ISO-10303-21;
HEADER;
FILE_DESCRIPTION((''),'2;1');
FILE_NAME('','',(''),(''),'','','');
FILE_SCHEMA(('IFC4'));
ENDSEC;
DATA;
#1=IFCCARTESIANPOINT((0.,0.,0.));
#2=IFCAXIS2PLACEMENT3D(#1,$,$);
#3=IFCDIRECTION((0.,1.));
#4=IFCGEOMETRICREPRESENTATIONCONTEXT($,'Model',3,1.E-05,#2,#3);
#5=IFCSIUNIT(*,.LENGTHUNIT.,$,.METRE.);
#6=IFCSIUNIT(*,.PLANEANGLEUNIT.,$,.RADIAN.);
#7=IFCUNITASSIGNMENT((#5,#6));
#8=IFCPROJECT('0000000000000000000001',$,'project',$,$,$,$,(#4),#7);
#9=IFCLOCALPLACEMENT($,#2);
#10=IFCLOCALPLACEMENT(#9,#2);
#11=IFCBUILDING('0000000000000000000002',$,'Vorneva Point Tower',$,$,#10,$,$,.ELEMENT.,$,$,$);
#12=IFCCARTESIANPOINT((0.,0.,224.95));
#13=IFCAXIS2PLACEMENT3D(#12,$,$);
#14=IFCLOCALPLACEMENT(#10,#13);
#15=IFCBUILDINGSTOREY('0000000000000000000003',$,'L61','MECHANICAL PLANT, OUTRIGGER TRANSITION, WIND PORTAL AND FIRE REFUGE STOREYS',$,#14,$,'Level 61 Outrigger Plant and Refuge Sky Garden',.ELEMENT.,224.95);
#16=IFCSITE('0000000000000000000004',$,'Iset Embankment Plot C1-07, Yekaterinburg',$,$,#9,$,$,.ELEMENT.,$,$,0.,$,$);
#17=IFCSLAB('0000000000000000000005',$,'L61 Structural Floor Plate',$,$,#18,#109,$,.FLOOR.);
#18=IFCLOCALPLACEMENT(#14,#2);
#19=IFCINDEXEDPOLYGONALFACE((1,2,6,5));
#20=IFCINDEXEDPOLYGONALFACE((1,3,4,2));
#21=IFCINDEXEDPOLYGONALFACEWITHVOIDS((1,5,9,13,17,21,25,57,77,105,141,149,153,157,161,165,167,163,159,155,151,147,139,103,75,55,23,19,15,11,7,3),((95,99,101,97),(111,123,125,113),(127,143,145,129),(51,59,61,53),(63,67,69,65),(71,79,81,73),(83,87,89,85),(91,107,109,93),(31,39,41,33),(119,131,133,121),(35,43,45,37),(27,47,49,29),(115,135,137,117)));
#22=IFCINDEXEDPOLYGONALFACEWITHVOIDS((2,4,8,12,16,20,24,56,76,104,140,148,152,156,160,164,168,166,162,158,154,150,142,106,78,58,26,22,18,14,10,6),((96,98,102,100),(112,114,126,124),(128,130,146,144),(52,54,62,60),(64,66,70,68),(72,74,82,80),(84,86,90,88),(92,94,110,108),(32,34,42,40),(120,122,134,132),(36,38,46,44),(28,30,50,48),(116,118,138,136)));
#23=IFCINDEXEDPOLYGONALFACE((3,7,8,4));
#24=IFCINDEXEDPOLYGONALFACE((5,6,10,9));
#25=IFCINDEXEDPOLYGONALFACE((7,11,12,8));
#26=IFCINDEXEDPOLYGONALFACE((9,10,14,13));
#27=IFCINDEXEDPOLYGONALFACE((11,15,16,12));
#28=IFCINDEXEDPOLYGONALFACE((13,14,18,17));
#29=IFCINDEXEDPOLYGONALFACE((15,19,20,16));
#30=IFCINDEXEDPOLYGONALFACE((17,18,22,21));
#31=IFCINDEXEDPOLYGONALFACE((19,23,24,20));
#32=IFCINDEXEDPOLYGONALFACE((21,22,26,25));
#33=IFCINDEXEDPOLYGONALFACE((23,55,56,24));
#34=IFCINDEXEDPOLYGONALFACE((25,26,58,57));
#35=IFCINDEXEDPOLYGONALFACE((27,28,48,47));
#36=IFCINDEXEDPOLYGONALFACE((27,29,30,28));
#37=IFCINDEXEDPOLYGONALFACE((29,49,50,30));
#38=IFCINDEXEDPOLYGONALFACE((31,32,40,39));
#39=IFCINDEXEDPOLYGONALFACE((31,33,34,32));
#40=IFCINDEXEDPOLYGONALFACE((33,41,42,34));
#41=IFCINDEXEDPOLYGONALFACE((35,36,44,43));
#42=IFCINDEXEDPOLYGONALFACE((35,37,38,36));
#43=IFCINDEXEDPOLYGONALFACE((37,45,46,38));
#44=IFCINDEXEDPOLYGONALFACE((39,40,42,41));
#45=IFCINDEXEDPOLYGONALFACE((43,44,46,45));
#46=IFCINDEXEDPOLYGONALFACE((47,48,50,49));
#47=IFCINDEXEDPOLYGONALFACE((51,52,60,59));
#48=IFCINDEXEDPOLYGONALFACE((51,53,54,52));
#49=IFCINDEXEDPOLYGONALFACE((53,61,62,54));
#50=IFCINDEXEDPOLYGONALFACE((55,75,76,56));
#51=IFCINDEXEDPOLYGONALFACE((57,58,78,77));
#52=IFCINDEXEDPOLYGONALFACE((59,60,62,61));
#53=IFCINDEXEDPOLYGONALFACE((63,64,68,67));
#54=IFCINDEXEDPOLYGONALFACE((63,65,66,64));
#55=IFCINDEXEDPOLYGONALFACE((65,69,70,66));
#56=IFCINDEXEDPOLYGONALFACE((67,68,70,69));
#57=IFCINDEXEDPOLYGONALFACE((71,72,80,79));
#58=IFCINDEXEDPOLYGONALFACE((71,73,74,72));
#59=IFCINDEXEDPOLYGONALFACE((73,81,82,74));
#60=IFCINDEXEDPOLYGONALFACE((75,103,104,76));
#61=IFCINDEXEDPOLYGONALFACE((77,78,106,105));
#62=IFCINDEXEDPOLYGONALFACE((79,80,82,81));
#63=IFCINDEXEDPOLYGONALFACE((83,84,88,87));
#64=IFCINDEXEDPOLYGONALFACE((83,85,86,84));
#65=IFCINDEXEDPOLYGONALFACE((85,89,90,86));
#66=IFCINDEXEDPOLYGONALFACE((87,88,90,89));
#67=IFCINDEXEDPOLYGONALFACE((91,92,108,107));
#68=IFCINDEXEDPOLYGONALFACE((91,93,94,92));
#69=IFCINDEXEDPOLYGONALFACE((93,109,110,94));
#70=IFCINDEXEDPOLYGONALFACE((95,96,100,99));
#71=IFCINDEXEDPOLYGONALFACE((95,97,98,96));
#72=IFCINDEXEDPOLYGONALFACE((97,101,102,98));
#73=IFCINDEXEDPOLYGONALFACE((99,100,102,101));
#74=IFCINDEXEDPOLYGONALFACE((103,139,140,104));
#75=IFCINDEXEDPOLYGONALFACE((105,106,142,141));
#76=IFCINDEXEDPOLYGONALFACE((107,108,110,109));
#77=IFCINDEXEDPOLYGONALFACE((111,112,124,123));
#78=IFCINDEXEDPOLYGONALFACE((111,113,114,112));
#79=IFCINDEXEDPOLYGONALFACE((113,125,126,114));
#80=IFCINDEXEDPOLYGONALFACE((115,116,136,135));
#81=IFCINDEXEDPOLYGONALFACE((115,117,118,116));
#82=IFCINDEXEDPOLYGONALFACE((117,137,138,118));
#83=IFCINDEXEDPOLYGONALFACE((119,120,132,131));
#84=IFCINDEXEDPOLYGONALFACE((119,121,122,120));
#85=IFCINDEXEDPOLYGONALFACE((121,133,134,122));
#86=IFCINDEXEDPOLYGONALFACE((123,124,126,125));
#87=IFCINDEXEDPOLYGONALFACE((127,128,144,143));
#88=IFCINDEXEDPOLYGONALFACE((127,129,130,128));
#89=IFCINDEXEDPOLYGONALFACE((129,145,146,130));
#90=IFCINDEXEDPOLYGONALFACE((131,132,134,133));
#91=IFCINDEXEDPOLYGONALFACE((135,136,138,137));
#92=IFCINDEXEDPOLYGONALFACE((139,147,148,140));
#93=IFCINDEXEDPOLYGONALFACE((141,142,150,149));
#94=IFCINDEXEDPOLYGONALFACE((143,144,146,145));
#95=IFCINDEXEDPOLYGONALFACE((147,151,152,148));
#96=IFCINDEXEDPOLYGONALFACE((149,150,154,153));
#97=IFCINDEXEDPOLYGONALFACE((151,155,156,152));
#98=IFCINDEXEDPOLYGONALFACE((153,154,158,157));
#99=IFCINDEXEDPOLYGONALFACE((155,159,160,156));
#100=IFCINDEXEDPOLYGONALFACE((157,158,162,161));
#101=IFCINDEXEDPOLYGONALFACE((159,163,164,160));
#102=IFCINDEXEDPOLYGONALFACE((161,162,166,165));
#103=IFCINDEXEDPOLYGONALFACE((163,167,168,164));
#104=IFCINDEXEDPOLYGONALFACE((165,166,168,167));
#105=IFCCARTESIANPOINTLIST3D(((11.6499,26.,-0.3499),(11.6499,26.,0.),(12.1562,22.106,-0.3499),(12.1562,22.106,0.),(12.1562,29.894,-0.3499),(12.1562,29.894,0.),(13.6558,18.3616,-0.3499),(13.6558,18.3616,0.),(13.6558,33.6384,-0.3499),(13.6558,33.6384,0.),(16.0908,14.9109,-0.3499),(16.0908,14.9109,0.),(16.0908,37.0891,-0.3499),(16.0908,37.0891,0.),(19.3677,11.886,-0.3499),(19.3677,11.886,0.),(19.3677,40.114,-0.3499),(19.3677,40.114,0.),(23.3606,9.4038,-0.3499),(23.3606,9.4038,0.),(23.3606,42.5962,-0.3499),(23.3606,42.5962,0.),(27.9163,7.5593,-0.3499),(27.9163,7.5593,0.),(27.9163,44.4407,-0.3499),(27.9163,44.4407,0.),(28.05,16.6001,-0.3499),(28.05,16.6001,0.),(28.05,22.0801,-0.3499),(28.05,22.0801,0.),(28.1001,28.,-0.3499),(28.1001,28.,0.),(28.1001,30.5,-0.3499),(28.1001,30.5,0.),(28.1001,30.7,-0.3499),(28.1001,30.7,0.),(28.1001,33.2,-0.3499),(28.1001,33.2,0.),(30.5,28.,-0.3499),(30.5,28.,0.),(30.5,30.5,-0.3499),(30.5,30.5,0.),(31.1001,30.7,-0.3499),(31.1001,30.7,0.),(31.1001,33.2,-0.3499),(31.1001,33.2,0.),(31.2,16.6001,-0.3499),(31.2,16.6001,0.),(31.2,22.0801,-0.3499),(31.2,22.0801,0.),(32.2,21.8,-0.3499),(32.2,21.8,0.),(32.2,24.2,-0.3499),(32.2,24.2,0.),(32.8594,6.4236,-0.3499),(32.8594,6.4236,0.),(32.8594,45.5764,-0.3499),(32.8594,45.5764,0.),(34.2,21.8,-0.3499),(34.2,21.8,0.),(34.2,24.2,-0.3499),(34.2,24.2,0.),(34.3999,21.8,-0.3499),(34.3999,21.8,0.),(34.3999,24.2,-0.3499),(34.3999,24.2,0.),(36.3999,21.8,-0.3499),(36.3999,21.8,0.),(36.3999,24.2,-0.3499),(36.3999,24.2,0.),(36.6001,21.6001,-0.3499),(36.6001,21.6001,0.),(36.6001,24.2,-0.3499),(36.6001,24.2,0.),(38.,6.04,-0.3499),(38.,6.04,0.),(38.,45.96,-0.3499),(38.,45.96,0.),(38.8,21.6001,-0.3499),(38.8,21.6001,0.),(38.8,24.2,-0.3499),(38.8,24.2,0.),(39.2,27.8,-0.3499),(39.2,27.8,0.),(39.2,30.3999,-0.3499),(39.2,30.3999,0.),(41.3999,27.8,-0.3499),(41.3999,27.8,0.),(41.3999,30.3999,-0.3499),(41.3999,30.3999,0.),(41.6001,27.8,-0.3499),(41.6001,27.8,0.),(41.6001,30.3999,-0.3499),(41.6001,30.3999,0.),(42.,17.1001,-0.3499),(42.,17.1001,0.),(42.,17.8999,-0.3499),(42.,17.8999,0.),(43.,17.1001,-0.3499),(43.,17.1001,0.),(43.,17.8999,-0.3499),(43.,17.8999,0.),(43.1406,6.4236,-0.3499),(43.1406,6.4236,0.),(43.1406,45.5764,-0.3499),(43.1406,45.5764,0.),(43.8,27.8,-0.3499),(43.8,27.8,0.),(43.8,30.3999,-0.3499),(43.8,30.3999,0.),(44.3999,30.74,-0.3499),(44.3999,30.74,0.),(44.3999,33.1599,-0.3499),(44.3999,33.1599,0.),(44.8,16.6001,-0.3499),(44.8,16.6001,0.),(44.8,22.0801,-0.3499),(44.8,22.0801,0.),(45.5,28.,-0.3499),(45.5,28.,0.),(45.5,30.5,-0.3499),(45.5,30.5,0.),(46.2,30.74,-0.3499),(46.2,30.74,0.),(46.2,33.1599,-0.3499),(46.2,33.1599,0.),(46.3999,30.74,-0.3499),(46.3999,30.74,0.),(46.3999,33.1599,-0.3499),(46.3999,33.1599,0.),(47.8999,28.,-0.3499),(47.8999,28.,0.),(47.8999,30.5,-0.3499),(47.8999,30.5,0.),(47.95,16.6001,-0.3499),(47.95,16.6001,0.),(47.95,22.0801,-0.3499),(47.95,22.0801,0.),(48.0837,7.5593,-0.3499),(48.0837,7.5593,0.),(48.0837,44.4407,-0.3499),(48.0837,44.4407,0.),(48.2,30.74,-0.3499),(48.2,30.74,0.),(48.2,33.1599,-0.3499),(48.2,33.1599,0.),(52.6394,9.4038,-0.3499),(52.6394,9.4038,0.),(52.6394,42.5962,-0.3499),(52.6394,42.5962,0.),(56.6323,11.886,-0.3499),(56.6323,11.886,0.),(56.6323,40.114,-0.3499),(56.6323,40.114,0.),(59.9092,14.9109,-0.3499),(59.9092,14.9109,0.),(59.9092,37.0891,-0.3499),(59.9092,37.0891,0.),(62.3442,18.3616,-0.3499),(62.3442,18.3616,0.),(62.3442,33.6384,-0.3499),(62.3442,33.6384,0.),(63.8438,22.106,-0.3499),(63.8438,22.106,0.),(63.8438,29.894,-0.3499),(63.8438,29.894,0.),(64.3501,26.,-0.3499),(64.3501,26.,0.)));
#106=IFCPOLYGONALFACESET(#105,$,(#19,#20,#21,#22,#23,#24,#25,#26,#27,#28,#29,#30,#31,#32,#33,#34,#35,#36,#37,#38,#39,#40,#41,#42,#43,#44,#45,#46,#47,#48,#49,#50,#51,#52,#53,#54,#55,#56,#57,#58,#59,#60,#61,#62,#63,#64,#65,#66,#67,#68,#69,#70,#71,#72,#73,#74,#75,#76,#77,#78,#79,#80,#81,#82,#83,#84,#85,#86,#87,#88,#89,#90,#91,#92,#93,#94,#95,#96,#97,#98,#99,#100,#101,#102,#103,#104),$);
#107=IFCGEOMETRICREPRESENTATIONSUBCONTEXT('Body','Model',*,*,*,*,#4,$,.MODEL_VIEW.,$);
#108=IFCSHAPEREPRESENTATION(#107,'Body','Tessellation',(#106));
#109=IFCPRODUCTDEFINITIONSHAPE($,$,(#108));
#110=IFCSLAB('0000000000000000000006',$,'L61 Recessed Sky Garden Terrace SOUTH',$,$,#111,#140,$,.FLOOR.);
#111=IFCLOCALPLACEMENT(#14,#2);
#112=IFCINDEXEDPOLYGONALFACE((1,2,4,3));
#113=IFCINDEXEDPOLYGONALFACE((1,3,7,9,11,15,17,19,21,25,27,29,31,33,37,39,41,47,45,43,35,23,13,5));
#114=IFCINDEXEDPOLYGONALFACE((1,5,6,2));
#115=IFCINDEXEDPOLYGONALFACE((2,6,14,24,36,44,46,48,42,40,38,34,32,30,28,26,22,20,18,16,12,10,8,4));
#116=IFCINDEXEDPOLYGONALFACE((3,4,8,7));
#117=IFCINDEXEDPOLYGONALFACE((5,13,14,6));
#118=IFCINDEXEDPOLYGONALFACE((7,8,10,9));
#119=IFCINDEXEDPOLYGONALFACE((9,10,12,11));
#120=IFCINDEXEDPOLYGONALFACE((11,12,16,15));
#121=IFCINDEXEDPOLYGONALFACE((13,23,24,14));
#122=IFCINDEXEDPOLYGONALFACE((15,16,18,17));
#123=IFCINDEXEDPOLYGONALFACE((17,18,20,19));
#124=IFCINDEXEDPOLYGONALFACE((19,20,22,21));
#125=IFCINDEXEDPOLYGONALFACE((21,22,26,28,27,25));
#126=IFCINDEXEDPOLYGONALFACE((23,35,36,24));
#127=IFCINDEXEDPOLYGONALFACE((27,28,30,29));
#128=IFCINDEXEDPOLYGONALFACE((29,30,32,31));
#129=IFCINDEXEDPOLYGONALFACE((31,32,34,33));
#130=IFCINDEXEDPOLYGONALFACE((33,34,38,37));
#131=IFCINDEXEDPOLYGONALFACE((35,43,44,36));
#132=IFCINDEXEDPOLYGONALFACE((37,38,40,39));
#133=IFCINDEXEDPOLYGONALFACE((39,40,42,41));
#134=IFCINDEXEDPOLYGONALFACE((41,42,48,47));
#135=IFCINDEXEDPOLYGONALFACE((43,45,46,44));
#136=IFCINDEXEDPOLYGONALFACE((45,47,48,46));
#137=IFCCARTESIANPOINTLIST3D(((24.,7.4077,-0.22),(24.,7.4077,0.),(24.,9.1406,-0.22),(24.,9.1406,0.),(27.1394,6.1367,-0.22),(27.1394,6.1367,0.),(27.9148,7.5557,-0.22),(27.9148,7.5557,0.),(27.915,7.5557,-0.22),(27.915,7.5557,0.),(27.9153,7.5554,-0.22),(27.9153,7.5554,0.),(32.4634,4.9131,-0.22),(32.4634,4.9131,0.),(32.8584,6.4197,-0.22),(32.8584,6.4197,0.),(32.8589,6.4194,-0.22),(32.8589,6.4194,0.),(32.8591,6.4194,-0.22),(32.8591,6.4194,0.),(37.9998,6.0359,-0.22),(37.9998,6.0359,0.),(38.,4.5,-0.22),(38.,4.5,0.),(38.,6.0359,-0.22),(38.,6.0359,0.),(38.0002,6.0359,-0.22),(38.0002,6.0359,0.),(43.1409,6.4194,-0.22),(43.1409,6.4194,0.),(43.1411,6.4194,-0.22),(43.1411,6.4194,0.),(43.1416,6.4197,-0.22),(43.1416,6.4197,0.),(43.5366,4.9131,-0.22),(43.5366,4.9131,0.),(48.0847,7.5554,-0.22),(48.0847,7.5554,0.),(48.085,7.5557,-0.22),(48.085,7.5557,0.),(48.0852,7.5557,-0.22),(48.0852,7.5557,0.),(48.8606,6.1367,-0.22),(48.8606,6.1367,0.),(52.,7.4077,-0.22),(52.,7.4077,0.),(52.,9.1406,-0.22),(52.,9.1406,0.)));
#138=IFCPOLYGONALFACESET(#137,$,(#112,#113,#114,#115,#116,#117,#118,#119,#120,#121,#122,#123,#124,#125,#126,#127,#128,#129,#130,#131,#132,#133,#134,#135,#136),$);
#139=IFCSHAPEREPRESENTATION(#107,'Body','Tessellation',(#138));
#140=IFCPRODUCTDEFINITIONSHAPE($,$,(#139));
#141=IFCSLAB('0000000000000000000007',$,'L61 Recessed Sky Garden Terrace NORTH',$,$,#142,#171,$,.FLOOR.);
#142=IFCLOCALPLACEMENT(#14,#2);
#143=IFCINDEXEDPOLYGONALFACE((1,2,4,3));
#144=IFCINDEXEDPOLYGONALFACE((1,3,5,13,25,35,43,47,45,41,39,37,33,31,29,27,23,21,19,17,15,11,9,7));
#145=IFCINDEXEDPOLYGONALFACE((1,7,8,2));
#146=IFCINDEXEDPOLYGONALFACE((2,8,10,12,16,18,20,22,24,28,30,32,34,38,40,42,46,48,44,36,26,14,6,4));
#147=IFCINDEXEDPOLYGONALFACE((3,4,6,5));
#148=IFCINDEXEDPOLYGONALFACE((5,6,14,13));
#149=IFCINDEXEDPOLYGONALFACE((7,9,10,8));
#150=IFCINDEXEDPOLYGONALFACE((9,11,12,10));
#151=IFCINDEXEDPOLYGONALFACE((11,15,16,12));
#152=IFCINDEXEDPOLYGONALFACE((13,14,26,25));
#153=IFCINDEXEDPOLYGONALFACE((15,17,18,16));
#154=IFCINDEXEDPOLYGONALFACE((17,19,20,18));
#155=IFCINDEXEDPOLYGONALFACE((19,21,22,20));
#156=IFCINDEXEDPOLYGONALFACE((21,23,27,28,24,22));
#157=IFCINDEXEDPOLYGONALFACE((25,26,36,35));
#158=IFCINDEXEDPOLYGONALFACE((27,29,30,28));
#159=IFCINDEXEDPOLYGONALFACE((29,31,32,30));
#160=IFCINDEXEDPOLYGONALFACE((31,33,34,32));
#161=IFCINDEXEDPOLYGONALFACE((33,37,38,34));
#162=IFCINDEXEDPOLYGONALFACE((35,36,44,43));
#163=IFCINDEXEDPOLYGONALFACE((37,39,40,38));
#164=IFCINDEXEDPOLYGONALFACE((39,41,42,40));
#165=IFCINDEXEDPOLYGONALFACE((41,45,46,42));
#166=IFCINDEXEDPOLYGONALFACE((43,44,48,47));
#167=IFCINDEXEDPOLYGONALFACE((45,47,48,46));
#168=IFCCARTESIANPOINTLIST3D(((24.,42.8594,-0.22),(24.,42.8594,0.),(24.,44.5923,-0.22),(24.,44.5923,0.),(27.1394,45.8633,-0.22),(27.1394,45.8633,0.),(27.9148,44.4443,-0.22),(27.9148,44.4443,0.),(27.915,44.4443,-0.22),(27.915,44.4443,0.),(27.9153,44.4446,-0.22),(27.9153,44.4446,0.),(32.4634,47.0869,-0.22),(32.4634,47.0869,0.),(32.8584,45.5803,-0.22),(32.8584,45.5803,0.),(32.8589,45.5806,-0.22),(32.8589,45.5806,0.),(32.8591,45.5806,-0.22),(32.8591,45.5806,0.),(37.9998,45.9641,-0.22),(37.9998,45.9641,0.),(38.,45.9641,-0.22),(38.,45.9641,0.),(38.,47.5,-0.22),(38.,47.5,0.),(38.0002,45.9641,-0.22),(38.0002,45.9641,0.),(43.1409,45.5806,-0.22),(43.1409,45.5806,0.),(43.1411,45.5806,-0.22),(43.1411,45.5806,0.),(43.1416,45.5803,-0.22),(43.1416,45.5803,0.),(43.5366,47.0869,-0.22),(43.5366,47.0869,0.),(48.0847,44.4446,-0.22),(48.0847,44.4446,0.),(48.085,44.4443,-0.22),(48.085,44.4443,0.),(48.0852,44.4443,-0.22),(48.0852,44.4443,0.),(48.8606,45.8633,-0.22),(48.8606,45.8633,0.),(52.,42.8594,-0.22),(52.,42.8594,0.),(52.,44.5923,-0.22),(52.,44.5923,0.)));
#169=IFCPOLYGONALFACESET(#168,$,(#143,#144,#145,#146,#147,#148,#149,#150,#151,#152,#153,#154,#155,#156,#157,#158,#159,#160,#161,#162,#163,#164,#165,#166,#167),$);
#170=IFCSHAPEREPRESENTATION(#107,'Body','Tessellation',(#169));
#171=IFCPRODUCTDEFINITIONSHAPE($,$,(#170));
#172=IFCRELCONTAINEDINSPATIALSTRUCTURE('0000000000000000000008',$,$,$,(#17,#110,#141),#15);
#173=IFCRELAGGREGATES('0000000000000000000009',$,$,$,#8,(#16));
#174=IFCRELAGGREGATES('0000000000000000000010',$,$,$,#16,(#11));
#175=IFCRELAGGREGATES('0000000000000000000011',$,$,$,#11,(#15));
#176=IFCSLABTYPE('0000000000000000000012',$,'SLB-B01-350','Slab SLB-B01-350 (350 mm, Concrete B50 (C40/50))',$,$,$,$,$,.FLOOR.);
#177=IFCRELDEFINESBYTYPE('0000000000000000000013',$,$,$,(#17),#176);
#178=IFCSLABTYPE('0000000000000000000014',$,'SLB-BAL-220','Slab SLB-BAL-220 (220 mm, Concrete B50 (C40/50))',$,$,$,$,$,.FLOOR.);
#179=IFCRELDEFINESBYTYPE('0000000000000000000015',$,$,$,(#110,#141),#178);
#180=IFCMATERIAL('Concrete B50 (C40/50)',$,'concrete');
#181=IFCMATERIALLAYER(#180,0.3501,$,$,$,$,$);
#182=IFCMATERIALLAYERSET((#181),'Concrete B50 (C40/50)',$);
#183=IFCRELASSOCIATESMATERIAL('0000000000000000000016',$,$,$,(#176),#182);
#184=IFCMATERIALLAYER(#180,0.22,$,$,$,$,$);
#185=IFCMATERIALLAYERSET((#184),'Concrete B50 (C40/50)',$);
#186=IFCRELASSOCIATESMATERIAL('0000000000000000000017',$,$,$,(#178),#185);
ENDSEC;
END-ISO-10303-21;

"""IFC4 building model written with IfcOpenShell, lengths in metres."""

from ifc_helpers import new_model, si_unit, direction, frame, origin, place, context, subcontext, project, spatial, polyline, outline, extrude, material, layer, layer_set, type_object, element, save


model = new_model("IFC4")

# Units and contexts
model_context = context("Model", 3, precision=1e-05, world=origin(), true_north=direction((0.0, 1.0)))
body_context = subcontext(model_context, "Body", "Model", "MODEL_VIEW")
ifc_project = project(units=[si_unit("LENGTHUNIT", "METRE"), si_unit("PLANEANGLEUNIT", "RADIAN")], contexts=[model_context])

# Site, building, storey
site_placement = place(None, origin())
site = spatial("IfcSite", under=ifc_project, at=site_placement, Name="Iset Embankment Plot C1-07, Yekaterinburg", CompositionType="ELEMENT", RefElevation=0.0)
building_placement = place(site_placement, origin())
building = spatial("IfcBuilding", under=site, at=building_placement, Name="Vorneva Point Tower", CompositionType="ELEMENT")
storey_placement = place(building_placement, frame((0.0, 0.0, 224.95)))
storey = spatial("IfcBuildingStorey", under=building, at=storey_placement, Name="L61", Description="MECHANICAL PLANT, OUTRIGGER TRANSITION, WIND PORTAL AND FIRE REFUGE STOREYS", LongName="Level 61 Outrigger Plant and Refuge Sky Garden", CompositionType="ELEMENT", Elevation=224.95)

# Shared definitions
ifc_material_1 = material(Name="Concrete B50 (C40/50)", Category="concrete")

# Slabs
ifc_layer_1 = layer(ifc_material_1, 0.3501)
ifc_layer_set_1 = layer_set([ifc_layer_1], Name="Concrete B50 (C40/50)")
slab_type_1 = type_object("IfcSlabType", Name="SLB-B01-350", Description="Slab SLB-B01-350 (350 mm, Concrete B50 (C40/50))", PredefinedType="FLOOR", material=ifc_layer_set_1)
slab_1_placement = place(storey_placement, frame((0.0, 0.0, -0.3499)))
element("IfcSlab", 1, at=slab_1_placement, inside=storey, type_object=slab_type_1, Name="L61 Structural Floor Plate", PredefinedType="FLOOR", context=body_context, shape_type="SweptSolid", body=[
    extrude(outline(polyline([(64.3501, 26.0), (63.8438, 29.894), (62.3442, 33.6384), (59.9092, 37.0891), (56.6323, 40.114), (52.6394, 42.5962), (48.0837, 44.4407), (43.1406, 45.5764), (38.0, 45.96), (32.8594, 45.5764), (27.9163, 44.4407), (23.3606, 42.5962), (19.3677, 40.114), (16.0908, 37.0891), (13.6558, 33.6384), (12.1562, 29.894), (11.6499, 26.0), (12.1562, 22.106), (13.6558, 18.3616), (16.0908, 14.9109), (19.3677, 11.886), (23.3606, 9.4038), (27.9163, 7.5593), (32.8594, 6.4236), (38.0, 6.04), (43.1406, 6.4236), (48.0837, 7.5593), (52.6394, 9.4038), (56.6323, 11.886), (59.9092, 14.9109), (62.3442, 18.3616), (63.8438, 22.106), (64.3501, 26.0)]), holes=[polyline([(32.2, 21.8), (34.2, 21.8), (34.2, 24.2), (32.2, 24.2), (32.2, 21.8)]), polyline([(34.3999, 21.8), (36.3999, 21.8), (36.3999, 24.2), (34.3999, 24.2), (34.3999, 21.8)]), polyline([(36.6001, 21.6001), (38.8, 21.6001), (38.8, 24.2), (36.6001, 24.2), (36.6001, 21.6001)]), polyline([(39.2, 27.8), (41.3999, 27.8), (41.3999, 30.3999), (39.2, 30.3999), (39.2, 27.8)]), polyline([(41.6001, 27.8), (43.8, 27.8), (43.8, 30.3999), (41.6001, 30.3999), (41.6001, 27.8)]), polyline([(44.3999, 30.74), (46.2, 30.74), (46.2, 33.1599), (44.3999, 33.1599), (44.3999, 30.74)]), polyline([(46.3999, 30.74), (48.2, 30.74), (48.2, 33.1599), (46.3999, 33.1599), (46.3999, 30.74)]), polyline([(28.1001, 28.0), (30.5, 28.0), (30.5, 30.5), (28.1001, 30.5), (28.1001, 28.0)]), polyline([(45.5, 28.0), (47.8999, 28.0), (47.8999, 30.5), (45.5, 30.5), (45.5, 28.0)]), polyline([(28.1001, 30.7), (31.1001, 30.7), (31.1001, 33.2), (28.1001, 33.2), (28.1001, 30.7)]), polyline([(28.05, 16.6001), (31.2, 16.6001), (31.2, 22.0801), (28.05, 22.0801), (28.05, 16.6001)]), polyline([(44.8, 16.6001), (47.95, 16.6001), (47.95, 22.0801), (44.8, 22.0801), (44.8, 16.6001)]), polyline([(42.0, 17.1001), (43.0, 17.1001), (43.0, 17.8999), (42.0, 17.8999), (42.0, 17.1001)])]), origin(), (0.0, 0.0, 1.0), 0.3499),
])
ifc_layer_2 = layer(ifc_material_1, 0.22)
ifc_layer_set_2 = layer_set([ifc_layer_2], Name="Concrete B50 (C40/50)")
slab_type_2 = type_object("IfcSlabType", Name="SLB-BAL-220", Description="Slab SLB-BAL-220 (220 mm, Concrete B50 (C40/50))", PredefinedType="FLOOR", material=ifc_layer_set_2)
slab_2_placement = place(storey_placement, frame((0.0, 0.0, -0.22)))
element("IfcSlab", 2, at=slab_2_placement, inside=storey, type_object=slab_type_2, Name="L61 Recessed Sky Garden Terrace SOUTH", PredefinedType="FLOOR", context=body_context, shape_type="SweptSolid", body=[
    extrude(outline(polyline([(52.0, 7.4077), (52.0, 9.1406), (48.0852, 7.5557), (48.085, 7.5557), (48.0847, 7.5554), (43.1416, 6.4197), (43.1411, 6.4194), (43.1409, 6.4194), (38.0002, 6.0359), (38.0, 6.0359), (37.9998, 6.0359), (32.8591, 6.4194), (32.8589, 6.4194), (32.8584, 6.4197), (27.9153, 7.5554), (27.915, 7.5557), (27.9148, 7.5557), (24.0, 9.1406), (24.0, 7.4077), (27.1394, 6.1367), (32.4634, 4.9131), (38.0, 4.5), (43.5366, 4.9131), (48.8606, 6.1367), (52.0, 7.4077)])), origin(), (0.0, 0.0, 1.0), 0.22),
])
slab_3_placement = place(storey_placement, frame((0.0, 0.0, -0.22)))
element("IfcSlab", 3, at=slab_3_placement, inside=storey, type_object=slab_type_2, Name="L61 Recessed Sky Garden Terrace NORTH", PredefinedType="FLOOR", context=body_context, shape_type="SweptSolid", body=[
    extrude(outline(polyline([(24.0, 44.5923), (24.0, 42.8594), (27.9148, 44.4443), (27.915, 44.4443), (27.9153, 44.4446), (32.8584, 45.5803), (32.8589, 45.5806), (32.8591, 45.5806), (37.9998, 45.9641), (38.0, 45.9641), (38.0002, 45.9641), (43.1409, 45.5806), (43.1411, 45.5806), (43.1416, 45.5803), (48.0847, 44.4446), (48.085, 44.4443), (48.0852, 44.4443), (52.0, 42.8594), (52.0, 44.5923), (48.8606, 45.8633), (43.5366, 47.0869), (38.0, 47.5), (32.4634, 47.0869), (27.1394, 45.8633), (24.0, 44.5923)])), origin(), (0.0, 0.0, 1.0), 0.22),
])

save(model, "model.ifc")
